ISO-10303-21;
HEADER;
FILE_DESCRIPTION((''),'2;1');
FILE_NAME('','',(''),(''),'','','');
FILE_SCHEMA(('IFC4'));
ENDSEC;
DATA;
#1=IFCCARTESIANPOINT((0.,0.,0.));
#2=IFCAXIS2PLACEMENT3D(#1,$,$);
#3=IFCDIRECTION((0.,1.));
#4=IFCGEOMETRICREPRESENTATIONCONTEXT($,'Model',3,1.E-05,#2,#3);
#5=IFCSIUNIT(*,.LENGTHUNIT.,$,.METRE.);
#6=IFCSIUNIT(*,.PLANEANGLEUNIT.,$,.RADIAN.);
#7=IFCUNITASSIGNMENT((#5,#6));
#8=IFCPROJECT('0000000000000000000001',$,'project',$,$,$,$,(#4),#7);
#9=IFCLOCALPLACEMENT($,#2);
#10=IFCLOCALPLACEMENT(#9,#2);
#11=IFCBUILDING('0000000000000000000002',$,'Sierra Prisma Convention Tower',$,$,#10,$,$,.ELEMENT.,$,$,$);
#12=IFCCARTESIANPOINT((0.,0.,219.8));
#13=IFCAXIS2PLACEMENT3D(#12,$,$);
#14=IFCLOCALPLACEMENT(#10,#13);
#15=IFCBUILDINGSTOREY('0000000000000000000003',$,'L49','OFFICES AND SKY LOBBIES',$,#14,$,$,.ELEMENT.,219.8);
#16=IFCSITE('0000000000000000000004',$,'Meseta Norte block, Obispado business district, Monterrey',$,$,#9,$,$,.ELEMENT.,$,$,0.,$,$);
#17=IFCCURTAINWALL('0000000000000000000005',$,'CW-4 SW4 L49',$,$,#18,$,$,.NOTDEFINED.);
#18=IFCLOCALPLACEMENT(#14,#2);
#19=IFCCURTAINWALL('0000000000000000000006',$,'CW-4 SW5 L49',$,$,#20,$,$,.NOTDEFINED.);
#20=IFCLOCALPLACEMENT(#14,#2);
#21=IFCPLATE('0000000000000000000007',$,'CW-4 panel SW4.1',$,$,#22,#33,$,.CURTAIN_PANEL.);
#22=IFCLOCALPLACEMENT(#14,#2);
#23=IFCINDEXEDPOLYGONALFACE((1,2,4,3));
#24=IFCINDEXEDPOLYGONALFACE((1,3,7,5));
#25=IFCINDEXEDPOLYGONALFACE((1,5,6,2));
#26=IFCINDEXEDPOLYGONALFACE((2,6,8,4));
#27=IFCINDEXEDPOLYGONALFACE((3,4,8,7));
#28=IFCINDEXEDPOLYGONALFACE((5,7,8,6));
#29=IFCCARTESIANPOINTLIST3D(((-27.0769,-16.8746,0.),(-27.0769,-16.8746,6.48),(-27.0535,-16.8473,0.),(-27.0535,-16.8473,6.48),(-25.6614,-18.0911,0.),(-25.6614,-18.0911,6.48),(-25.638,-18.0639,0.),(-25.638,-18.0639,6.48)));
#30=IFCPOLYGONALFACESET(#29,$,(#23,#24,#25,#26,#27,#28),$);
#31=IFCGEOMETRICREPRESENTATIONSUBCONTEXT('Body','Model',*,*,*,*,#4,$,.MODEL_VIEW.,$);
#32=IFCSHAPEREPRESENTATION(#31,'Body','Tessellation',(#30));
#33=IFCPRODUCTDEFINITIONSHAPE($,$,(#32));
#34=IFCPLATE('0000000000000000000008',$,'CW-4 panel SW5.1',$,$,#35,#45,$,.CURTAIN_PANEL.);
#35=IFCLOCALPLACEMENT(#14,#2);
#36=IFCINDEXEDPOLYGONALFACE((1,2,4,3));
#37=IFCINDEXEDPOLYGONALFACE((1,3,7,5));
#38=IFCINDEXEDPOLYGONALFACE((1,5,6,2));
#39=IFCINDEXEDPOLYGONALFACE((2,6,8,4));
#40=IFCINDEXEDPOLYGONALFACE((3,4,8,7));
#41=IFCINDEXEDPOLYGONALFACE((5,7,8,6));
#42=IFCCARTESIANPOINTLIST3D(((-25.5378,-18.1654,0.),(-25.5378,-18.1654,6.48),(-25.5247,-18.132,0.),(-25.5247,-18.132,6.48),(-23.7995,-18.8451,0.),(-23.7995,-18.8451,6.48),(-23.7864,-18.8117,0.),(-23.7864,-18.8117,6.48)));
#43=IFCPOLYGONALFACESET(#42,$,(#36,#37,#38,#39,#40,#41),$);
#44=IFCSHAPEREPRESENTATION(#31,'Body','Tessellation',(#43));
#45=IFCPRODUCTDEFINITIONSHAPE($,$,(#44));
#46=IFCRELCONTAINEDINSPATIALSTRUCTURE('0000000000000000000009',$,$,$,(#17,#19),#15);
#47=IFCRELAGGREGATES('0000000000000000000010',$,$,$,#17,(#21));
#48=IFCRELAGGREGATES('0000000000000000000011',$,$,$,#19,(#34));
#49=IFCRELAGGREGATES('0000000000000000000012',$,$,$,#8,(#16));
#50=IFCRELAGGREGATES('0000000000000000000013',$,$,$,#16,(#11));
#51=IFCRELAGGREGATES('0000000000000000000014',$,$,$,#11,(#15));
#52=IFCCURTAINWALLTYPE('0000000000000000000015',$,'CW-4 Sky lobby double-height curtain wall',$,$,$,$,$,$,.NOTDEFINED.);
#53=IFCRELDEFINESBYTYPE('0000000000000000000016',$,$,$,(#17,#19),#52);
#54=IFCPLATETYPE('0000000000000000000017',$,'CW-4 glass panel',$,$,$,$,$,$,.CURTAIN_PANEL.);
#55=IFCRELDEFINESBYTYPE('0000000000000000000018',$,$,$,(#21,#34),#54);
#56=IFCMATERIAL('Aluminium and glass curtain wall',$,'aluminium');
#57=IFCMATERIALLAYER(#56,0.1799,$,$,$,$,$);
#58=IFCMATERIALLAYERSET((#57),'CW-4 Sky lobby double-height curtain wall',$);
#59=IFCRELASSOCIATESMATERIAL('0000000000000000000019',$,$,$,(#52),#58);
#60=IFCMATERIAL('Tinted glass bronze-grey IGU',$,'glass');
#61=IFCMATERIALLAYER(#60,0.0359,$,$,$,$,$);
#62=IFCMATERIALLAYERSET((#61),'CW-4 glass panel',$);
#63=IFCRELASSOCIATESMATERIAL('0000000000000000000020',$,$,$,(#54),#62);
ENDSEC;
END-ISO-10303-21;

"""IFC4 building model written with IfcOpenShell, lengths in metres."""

from ifc_helpers import new_model, si_unit, direction, frame, origin, origin_2d, place, context, subcontext, project, spatial, rectangle, extrude, material, layer, layer_set, type_object, element, aggregate, save


model = new_model("IFC4")

# Units and contexts
model_context = context("Model", 3, precision=1e-05, world=origin(), true_north=direction((0.0, 1.0)))
body_context = subcontext(model_context, "Body", "Model", "MODEL_VIEW")
ifc_project = project(units=[si_unit("LENGTHUNIT", "METRE"), si_unit("PLANEANGLEUNIT", "RADIAN")], contexts=[model_context])

# Site, building, storey
site_placement = place(None, origin())
site = spatial("IfcSite", under=ifc_project, at=site_placement, Name="Meseta Norte block, Obispado business district, Monterrey", CompositionType="ELEMENT", RefElevation=0.0)
building_placement = place(site_placement, origin())
building = spatial("IfcBuilding", under=site, at=building_placement, Name="Sierra Prisma Convention Tower", CompositionType="ELEMENT")
storey_placement = place(building_placement, frame((0.0, 0.0, 219.8)))
storey = spatial("IfcBuildingStorey", under=building, at=storey_placement, Name="L49", Description="OFFICES AND SKY LOBBIES", CompositionType="ELEMENT", Elevation=219.8)

# Shared definitions
ifc_material_1 = material(Name="Aluminium and glass curtain wall", Category="aluminium")
ifc_layer_1 = layer(ifc_material_1, 0.1799)
ifc_layer_set_1 = layer_set([ifc_layer_1], Name="CW-4 Sky lobby double-height curtain wall")
curtain_wall_type = type_object("IfcCurtainWallType", Name="CW-4 Sky lobby double-height curtain wall", PredefinedType="NOTDEFINED", material=ifc_layer_set_1)

# Curtain walls
curtain_wall_1_placement = place(storey_placement, origin())
curtain_wall_1 = element("IfcCurtainWall", 1, at=curtain_wall_1_placement, inside=storey, type_object=curtain_wall_type, Name="CW-4 SW4 L49", PredefinedType="NOTDEFINED")
curtain_wall_2_placement = place(storey_placement, origin())
curtain_wall_2 = element("IfcCurtainWall", 2, at=curtain_wall_2_placement, inside=storey, type_object=curtain_wall_type, Name="CW-4 SW5 L49", PredefinedType="NOTDEFINED")

# Plates
ifc_material_2 = material(Name="Tinted glass bronze-grey IGU", Category="glass")
ifc_layer_2 = layer(ifc_material_2, 0.0359)
ifc_layer_set_2 = layer_set([ifc_layer_2], Name="CW-4 glass panel")
plate_type = type_object("IfcPlateType", Name="CW-4 glass panel", PredefinedType="CURTAIN_PANEL", material=ifc_layer_set_2)
plate_1_placement = place(storey_placement, frame((-26.3574, -17.4692, 0.0), z_axis=(0.0, 0.0, 1.0), x_axis=(0.758378, -0.651815, 0.0)))
plate_1 = element("IfcPlate", 3, at=plate_1_placement, type_object=plate_type, Name="CW-4 panel SW4.1", PredefinedType="CURTAIN_PANEL", context=body_context, shape_type="SweptSolid", body=[
    extrude(rectangle(XDim=1.8665, YDim=0.0359, at=origin_2d()), origin(), (0.0, 0.0, 1.0), 6.48),
])
aggregate(curtain_wall_1, [plate_1])
plate_2_placement = place(storey_placement, frame((-24.6621, -18.4885, 0.0), z_axis=(0.0, 0.0, 1.0), x_axis=(0.931329, -0.36418, 0.0)))
plate_2 = element("IfcPlate", 4, at=plate_2_placement, type_object=plate_type, Name="CW-4 panel SW5.1", PredefinedType="CURTAIN_PANEL", context=body_context, shape_type="SweptSolid", body=[
    extrude(rectangle(XDim=1.8665, YDim=0.0359, at=origin_2d()), origin(), (0.0, 0.0, 1.0), 6.48),
])
aggregate(curtain_wall_2, [plate_2])

save(model, "model.ifc")
